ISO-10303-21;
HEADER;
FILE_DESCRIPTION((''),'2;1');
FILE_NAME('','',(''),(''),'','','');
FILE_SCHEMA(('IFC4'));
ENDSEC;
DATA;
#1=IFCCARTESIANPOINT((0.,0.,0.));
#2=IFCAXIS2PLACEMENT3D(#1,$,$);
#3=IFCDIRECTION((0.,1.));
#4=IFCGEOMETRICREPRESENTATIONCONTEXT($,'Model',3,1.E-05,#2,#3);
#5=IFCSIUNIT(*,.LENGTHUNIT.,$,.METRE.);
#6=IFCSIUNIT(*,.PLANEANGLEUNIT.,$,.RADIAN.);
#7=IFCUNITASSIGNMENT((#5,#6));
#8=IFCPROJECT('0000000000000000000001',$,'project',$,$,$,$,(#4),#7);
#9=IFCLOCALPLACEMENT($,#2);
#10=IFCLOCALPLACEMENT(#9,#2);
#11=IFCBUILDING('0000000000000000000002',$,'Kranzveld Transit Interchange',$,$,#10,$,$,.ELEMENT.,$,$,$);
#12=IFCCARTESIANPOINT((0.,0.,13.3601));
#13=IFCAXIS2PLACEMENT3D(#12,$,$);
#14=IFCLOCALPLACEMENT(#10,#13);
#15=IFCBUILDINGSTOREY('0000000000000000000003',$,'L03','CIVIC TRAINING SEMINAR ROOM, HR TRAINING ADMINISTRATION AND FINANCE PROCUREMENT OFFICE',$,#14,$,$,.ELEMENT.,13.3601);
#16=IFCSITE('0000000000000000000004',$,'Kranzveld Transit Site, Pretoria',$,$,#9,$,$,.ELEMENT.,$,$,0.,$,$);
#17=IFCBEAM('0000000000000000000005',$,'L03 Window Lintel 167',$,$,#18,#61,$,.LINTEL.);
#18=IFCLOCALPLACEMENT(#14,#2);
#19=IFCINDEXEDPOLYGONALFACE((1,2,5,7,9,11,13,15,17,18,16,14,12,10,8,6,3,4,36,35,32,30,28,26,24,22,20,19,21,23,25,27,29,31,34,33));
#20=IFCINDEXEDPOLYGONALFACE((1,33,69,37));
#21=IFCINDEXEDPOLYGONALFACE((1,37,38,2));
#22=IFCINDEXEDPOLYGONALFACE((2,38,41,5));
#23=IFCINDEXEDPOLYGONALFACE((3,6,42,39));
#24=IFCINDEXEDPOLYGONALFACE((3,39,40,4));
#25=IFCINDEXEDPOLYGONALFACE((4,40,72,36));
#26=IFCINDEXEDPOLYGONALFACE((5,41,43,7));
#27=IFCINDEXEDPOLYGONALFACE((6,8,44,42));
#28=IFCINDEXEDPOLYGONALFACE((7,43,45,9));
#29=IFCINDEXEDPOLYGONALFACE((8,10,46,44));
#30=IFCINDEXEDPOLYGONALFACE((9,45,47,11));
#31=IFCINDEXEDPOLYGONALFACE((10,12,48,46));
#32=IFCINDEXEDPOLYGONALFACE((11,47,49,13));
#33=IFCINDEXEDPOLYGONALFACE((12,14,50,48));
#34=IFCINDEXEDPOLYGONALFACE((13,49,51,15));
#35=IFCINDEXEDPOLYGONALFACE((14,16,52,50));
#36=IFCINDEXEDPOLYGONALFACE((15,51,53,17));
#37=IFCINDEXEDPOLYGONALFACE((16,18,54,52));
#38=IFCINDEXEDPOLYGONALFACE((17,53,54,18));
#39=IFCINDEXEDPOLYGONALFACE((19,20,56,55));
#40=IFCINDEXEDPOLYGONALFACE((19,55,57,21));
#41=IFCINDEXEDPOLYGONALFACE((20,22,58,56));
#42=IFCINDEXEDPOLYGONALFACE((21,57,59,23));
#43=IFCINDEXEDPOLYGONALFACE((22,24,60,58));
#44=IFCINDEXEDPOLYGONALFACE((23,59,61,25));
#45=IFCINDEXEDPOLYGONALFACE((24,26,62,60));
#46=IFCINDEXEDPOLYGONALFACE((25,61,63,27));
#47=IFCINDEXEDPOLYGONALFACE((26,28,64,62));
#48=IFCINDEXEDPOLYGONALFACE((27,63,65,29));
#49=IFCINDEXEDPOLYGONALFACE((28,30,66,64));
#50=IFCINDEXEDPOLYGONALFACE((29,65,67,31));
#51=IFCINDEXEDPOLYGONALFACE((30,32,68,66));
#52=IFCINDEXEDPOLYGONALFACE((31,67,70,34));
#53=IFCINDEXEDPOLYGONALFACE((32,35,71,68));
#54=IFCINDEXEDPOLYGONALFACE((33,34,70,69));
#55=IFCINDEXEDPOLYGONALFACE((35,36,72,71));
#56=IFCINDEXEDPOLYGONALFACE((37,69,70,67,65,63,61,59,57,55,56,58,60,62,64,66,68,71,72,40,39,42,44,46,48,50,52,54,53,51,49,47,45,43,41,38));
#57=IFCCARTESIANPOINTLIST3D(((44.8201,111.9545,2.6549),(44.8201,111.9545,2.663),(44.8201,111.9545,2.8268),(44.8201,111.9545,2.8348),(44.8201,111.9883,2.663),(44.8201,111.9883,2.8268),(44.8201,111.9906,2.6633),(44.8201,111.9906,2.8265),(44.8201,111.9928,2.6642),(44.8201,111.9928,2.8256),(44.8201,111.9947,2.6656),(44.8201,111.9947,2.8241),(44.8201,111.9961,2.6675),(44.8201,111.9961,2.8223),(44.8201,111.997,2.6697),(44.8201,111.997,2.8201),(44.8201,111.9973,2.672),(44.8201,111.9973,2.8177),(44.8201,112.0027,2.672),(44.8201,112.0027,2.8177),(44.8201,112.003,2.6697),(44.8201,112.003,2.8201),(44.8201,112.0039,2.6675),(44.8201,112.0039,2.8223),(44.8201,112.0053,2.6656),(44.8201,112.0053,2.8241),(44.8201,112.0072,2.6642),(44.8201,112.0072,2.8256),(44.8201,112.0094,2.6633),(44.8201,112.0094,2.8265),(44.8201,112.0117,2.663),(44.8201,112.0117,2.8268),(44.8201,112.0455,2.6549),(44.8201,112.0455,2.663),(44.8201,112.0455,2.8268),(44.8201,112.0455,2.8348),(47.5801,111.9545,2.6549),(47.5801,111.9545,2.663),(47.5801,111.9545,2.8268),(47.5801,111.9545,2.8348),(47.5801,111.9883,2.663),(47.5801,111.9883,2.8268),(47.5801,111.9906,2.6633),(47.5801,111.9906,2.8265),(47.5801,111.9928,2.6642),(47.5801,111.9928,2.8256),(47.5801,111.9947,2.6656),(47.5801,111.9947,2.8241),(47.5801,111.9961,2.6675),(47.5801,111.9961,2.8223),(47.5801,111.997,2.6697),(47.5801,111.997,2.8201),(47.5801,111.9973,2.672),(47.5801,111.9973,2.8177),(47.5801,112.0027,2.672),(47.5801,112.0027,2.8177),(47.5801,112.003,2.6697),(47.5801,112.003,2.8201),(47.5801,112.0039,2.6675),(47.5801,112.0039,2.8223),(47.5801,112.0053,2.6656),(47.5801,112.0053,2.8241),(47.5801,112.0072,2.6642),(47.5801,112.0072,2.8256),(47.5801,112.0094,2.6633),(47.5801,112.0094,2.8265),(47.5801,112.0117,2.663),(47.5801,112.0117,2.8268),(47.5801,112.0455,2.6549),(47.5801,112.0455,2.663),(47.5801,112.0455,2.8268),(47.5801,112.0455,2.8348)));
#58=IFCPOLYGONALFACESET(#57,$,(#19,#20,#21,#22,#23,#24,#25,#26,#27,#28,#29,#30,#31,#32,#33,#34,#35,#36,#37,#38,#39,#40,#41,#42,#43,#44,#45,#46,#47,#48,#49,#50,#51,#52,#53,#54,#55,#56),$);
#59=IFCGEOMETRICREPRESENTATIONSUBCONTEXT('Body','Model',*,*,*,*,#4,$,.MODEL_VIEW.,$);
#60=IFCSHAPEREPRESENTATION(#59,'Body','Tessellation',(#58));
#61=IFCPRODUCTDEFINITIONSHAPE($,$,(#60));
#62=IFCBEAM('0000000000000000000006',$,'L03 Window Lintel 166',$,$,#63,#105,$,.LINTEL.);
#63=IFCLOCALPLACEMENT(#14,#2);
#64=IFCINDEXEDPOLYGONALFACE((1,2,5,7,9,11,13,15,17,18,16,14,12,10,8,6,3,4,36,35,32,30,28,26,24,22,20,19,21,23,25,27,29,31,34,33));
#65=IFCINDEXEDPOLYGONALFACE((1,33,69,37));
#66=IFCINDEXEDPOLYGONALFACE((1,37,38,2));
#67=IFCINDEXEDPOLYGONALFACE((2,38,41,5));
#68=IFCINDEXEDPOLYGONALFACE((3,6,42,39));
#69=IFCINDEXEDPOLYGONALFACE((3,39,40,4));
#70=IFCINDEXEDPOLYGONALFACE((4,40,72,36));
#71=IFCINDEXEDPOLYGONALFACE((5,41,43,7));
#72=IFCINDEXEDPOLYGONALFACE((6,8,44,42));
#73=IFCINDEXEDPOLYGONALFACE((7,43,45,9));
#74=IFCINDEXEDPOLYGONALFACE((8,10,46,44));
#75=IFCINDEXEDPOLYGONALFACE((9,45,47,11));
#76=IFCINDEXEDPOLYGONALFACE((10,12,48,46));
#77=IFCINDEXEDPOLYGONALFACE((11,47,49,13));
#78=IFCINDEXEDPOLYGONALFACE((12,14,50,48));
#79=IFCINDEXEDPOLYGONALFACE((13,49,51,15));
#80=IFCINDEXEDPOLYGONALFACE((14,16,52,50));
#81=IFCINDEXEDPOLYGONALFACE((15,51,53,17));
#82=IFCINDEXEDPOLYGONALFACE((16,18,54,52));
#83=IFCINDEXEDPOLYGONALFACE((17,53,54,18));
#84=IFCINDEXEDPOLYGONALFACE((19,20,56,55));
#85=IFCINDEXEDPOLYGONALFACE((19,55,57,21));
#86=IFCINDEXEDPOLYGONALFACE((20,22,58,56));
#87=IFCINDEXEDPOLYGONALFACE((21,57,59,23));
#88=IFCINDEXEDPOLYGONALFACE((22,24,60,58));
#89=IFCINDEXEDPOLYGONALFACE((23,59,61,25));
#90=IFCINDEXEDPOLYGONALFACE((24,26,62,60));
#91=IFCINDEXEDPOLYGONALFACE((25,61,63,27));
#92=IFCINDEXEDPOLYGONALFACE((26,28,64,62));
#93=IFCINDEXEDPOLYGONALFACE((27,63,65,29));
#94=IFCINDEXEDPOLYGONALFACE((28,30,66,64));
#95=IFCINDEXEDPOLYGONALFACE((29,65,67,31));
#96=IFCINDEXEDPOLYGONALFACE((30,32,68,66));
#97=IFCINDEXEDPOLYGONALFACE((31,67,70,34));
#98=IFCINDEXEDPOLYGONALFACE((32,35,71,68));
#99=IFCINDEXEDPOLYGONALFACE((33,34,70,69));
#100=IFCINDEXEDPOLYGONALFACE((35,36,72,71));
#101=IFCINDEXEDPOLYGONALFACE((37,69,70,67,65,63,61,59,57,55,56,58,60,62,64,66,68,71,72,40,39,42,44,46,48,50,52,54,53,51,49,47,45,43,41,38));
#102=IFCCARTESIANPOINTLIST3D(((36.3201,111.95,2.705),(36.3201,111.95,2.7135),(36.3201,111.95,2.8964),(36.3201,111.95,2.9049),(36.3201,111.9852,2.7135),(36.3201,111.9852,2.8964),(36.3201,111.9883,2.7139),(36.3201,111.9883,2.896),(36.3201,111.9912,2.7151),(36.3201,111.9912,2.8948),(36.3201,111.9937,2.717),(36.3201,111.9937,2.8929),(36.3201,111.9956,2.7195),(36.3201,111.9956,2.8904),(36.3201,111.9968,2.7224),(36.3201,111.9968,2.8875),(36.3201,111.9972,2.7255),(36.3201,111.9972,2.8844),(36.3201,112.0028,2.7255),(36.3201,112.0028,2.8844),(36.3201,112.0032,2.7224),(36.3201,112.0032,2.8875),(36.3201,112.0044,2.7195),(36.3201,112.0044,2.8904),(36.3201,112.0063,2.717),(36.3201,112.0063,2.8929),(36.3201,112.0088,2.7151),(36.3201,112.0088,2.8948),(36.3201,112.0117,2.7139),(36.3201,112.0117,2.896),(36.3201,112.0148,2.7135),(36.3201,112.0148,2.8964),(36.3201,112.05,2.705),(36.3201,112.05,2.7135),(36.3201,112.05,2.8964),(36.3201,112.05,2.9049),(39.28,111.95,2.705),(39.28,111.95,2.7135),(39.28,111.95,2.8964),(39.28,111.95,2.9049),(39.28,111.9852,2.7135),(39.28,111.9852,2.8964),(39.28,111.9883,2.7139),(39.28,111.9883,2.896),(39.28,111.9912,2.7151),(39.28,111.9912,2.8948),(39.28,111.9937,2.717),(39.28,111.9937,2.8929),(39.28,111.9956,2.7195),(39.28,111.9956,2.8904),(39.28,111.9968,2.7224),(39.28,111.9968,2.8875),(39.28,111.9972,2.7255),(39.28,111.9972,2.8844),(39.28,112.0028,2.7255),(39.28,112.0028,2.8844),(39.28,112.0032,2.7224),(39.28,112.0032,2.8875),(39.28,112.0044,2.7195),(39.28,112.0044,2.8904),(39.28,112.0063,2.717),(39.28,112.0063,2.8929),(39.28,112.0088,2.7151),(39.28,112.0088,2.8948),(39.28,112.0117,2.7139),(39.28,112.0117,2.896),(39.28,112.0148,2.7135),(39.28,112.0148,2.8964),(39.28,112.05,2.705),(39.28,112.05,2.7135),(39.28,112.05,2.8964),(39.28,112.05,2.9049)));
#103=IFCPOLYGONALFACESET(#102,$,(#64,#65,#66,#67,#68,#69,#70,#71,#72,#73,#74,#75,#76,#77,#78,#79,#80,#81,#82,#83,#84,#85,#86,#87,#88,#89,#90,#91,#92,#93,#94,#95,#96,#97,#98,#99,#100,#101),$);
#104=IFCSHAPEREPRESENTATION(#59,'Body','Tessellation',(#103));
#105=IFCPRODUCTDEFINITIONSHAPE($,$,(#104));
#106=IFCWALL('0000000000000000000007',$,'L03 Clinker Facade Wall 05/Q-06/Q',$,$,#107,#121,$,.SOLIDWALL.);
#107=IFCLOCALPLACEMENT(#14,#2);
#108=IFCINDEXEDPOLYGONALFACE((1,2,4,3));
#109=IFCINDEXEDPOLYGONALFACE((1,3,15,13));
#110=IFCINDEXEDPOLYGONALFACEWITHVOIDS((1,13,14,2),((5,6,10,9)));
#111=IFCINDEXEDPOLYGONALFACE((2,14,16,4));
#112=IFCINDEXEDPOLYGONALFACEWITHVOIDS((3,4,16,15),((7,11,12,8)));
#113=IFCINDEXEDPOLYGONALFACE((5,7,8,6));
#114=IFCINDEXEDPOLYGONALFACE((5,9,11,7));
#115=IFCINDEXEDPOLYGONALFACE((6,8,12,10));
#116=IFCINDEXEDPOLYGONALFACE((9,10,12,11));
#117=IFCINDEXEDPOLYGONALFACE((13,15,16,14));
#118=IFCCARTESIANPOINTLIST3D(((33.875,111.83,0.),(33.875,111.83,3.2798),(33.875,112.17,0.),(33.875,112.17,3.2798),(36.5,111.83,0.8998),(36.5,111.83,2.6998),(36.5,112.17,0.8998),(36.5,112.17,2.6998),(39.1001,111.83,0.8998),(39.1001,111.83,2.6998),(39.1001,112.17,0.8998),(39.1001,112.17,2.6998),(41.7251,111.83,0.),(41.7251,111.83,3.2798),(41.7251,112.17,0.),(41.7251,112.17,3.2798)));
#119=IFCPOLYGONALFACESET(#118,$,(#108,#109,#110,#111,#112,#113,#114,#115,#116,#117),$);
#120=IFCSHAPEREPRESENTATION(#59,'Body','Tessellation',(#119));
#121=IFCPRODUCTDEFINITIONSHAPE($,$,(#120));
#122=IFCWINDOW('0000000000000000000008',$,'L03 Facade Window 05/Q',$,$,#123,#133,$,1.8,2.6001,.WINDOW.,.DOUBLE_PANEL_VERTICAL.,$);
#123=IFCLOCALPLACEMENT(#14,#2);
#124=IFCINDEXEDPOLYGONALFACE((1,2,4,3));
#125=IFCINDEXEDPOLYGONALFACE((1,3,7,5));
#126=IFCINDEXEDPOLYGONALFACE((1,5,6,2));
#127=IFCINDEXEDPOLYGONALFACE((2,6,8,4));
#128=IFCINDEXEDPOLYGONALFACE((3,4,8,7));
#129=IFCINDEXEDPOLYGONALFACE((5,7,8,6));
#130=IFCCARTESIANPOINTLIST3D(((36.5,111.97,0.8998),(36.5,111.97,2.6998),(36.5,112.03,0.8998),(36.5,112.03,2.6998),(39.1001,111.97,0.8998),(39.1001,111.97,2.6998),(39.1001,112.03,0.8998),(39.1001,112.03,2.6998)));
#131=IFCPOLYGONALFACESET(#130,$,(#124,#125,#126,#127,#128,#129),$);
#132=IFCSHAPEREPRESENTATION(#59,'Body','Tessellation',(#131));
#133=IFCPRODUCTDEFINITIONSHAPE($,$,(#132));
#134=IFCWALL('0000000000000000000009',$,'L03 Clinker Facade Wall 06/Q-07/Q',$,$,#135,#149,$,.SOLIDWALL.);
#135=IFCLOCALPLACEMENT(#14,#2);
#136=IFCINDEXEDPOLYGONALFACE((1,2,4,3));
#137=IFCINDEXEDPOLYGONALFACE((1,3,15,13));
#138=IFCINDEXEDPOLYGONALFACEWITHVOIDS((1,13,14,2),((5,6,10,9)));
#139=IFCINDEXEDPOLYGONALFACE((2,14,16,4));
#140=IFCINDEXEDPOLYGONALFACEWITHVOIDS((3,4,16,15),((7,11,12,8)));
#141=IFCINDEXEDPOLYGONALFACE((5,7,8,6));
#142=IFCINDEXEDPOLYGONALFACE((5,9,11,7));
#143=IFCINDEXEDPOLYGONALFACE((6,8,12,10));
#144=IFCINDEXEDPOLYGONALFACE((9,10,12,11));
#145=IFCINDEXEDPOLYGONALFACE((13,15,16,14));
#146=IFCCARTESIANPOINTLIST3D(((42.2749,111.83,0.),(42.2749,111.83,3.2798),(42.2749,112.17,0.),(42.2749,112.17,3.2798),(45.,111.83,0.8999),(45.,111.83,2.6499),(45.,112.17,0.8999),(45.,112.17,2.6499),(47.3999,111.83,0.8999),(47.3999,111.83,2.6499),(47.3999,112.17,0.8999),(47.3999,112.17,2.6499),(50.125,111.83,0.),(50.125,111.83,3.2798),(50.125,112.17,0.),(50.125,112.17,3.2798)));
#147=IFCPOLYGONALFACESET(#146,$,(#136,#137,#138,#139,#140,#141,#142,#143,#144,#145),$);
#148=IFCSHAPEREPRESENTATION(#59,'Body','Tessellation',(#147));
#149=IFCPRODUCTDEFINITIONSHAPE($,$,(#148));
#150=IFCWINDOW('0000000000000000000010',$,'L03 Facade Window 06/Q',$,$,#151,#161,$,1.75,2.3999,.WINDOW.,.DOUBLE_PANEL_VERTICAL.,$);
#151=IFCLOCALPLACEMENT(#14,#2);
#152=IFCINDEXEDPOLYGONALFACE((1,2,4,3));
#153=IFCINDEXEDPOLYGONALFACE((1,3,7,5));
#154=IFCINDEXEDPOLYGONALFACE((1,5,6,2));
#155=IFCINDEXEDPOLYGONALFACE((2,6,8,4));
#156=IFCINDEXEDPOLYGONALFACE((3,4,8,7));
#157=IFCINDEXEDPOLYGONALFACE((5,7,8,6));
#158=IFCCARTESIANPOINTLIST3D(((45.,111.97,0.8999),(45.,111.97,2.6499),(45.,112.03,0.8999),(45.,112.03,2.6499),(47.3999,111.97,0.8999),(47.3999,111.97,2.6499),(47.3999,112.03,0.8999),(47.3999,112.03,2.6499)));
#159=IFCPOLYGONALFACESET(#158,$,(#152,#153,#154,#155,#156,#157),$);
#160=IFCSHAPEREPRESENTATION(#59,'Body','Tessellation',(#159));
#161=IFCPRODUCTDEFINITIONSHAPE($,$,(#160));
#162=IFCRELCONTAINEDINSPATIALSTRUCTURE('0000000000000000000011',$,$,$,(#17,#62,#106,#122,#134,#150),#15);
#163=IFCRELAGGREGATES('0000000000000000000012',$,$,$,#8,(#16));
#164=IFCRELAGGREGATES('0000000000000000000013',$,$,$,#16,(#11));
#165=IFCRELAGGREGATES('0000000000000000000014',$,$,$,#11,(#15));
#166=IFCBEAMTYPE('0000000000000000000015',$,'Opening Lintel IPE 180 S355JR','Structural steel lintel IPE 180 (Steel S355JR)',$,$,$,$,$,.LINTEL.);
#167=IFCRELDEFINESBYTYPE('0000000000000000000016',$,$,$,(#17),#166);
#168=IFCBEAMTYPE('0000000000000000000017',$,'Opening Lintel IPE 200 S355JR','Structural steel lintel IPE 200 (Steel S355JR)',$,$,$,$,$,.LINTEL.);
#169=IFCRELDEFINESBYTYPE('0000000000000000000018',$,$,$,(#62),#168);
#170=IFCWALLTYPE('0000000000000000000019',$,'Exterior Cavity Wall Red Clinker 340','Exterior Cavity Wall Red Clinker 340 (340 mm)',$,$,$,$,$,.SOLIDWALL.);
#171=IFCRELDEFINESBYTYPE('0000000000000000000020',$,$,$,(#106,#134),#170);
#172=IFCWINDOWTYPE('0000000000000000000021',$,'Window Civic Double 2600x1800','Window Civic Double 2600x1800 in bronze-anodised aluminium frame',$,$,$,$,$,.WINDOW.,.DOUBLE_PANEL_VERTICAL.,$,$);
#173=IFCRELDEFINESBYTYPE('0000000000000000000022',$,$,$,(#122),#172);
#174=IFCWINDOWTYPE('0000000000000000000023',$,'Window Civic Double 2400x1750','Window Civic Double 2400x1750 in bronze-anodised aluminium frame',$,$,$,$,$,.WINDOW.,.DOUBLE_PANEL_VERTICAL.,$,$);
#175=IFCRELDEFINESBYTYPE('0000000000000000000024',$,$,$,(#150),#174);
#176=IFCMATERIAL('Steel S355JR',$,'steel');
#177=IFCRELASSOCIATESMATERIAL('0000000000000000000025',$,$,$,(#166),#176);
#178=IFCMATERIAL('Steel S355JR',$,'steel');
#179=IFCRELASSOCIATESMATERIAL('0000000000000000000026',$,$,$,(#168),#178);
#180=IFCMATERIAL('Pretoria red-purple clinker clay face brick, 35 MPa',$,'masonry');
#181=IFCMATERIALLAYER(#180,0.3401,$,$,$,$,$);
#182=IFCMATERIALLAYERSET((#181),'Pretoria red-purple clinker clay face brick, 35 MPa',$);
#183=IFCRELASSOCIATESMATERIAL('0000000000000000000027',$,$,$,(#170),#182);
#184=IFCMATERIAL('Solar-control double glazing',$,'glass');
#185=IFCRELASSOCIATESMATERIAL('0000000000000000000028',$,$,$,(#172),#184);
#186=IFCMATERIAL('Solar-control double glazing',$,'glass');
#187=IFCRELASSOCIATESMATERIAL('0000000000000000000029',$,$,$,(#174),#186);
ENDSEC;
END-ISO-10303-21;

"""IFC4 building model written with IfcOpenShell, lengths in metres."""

from ifc_helpers import new_model, si_unit, direction, frame, frame_2d, origin, origin_2d, place, context, subcontext, project, spatial, rectangle, i_section, extrude, material, layer, layer_set, material_profile, profile_set, type_object, element, fill, save


model = new_model("IFC4")

# Units and contexts
model_context = context("Model", 3, precision=1e-05, world=origin(), true_north=direction((0.0, 1.0)))
body_context = subcontext(model_context, "Body", "Model", "MODEL_VIEW")
ifc_project = project(units=[si_unit("LENGTHUNIT", "METRE"), si_unit("PLANEANGLEUNIT", "RADIAN")], contexts=[model_context])

# Site, building, storey
site_placement = place(None, origin())
site = spatial("IfcSite", under=ifc_project, at=site_placement, Name="Kranzveld Transit Site, Pretoria", CompositionType="ELEMENT", RefElevation=0.0)
building_placement = place(site_placement, origin())
building = spatial("IfcBuilding", under=site, at=building_placement, Name="Kranzveld Transit Interchange", CompositionType="ELEMENT")
storey_placement = place(building_placement, frame((0.0, 0.0, 13.3601)))
storey = spatial("IfcBuildingStorey", under=building, at=storey_placement, Name="L03", Description="CIVIC TRAINING SEMINAR ROOM, HR TRAINING ADMINISTRATION AND FINANCE PROCUREMENT OFFICE", CompositionType="ELEMENT", Elevation=13.3601)

# Beams
ifc_material_1 = material(Name="Steel S355JR", Category="steel")
ifc_material_profile_1 = material_profile(ifc_material_1, i_section(OverallWidth=0.0911, OverallDepth=0.1799, WebThickness=0.0054, FlangeThickness=0.0081, FilletRadius=0.009, at=origin_2d()), Name="IPE 180")
ifc_profile_set_1 = profile_set([ifc_material_profile_1], Name="Steel S355JR")
beam_type_1 = type_object("IfcBeamType", Name="Opening Lintel IPE 180 S355JR", Description="Structural steel lintel IPE 180 (Steel S355JR)", PredefinedType="LINTEL", material=ifc_profile_set_1)
beam_1_placement = place(storey_placement, frame((44.8201, 112.0, 2.7449), z_axis=(1.0, 0.0, 0.0), x_axis=(0.0, 1.0, 0.0)))
element("IfcBeam", 1, at=beam_1_placement, inside=storey, type_object=beam_type_1, Name="L03 Window Lintel 167", PredefinedType="LINTEL", context=body_context, shape_type="SweptSolid", body=[
    extrude(i_section(OverallWidth=0.0911, OverallDepth=0.1799, WebThickness=0.0054, FlangeThickness=0.0081, FilletRadius=0.009, at=origin_2d()), origin(), (0.0, 0.0, 1.0), 2.76),
])
ifc_material_2 = material(Name="Steel S355JR", Category="steel")
ifc_material_profile_2 = material_profile(ifc_material_2, i_section(OverallWidth=0.1001, OverallDepth=0.2, WebThickness=0.0056, FlangeThickness=0.0085, FilletRadius=0.012, at=origin_2d()), Name="IPE 200")
ifc_profile_set_2 = profile_set([ifc_material_profile_2], Name="Steel S355JR")
beam_type_2 = type_object("IfcBeamType", Name="Opening Lintel IPE 200 S355JR", Description="Structural steel lintel IPE 200 (Steel S355JR)", PredefinedType="LINTEL", material=ifc_profile_set_2)
beam_2_placement = place(storey_placement, frame((36.3201, 112.0, 2.8049), z_axis=(1.0, 0.0, 0.0), x_axis=(0.0, 1.0, 0.0)))
element("IfcBeam", 2, at=beam_2_placement, inside=storey, type_object=beam_type_2, Name="L03 Window Lintel 166", PredefinedType="LINTEL", context=body_context, shape_type="SweptSolid", body=[
    extrude(i_section(OverallWidth=0.1001, OverallDepth=0.2, WebThickness=0.0056, FlangeThickness=0.0085, FilletRadius=0.012, at=origin_2d()), origin(), (0.0, 0.0, 1.0), 2.96),
])

# Walls, openings, windows
ifc_material_3 = material(Name="Pretoria red-purple clinker clay face brick, 35 MPa", Category="masonry")
ifc_layer_1 = layer(ifc_material_3, 0.3401)
ifc_layer_set_1 = layer_set([ifc_layer_1], Name="Pretoria red-purple clinker clay face brick, 35 MPa")
wall_type_1 = type_object("IfcWallType", Name="Exterior Cavity Wall Red Clinker 340", Description="Exterior Cavity Wall Red Clinker 340 (340 mm)", PredefinedType="SOLIDWALL", material=ifc_layer_set_1)
wall_1_placement = place(storey_placement, frame((33.875, 112.0, 0.0), z_axis=(0.0, 0.0, 1.0), x_axis=(1.0, 0.0, 0.0)))
wall_1 = element("IfcWall", 3, at=wall_1_placement, inside=storey, type_object=wall_type_1, Name="L03 Clinker Facade Wall 05/Q-06/Q", PredefinedType="SOLIDWALL", context=body_context, shape_type="SweptSolid", body=[
    extrude(rectangle(XDim=7.8501, YDim=0.3401, at=frame_2d((3.925, 0.0))), origin(), (0.0, 0.0, 1.0), 3.2798),
])
opening_1_placement = place(wall_1_placement, frame((2.625, 0.0, 0.8999), z_axis=(0.0, 0.0, 1.0), x_axis=(1.0, 0.0, 0.0)))
opening_1 = element("IfcOpeningElement", 4, at=opening_1_placement, cuts=wall_1, PredefinedType="OPENING", context=body_context, shape_type="SweptSolid", body=[
    extrude(rectangle(XDim=2.6001, YDim=1.8, at=frame_2d((1.3, 0.8999))), frame((0.0, 0.1799, 0.0), z_axis=(0.0, -1.0, 0.0), x_axis=(1.0, 0.0, 0.0)), (0.0, 0.0, 1.0), 0.3601),
])
ifc_material_4 = material(Name="Solar-control double glazing", Category="glass")
window_type_1 = type_object("IfcWindowType", Name="Window Civic Double 2600x1800", Description="Window Civic Double 2600x1800 in bronze-anodised aluminium frame", PartitioningType="DOUBLE_PANEL_VERTICAL", PredefinedType="WINDOW", material=ifc_material_4)
window_1_placement = place(opening_1_placement, origin())
window_1 = element("IfcWindow", 5, at=window_1_placement, inside=storey, type_object=window_type_1, Name="L03 Facade Window 05/Q", OverallHeight=1.8, OverallWidth=2.6001, PartitioningType="DOUBLE_PANEL_VERTICAL", PredefinedType="WINDOW", context=body_context, shape_type="SweptSolid", body=[
    extrude(rectangle(XDim=2.6001, YDim=1.8, at=frame_2d((1.3, 0.8999))), frame((0.0, 0.03, 0.0), z_axis=(0.0, -1.0, 0.0), x_axis=(1.0, 0.0, 0.0)), (0.0, 0.0, 1.0), 0.0601),
])
fill(opening_1, window_1)
wall_2_placement = place(storey_placement, frame((42.2749, 112.0, 0.0), z_axis=(0.0, 0.0, 1.0), x_axis=(1.0, 0.0, 0.0)))
wall_2 = element("IfcWall", 6, at=wall_2_placement, inside=storey, type_object=wall_type_1, Name="L03 Clinker Facade Wall 06/Q-07/Q", PredefinedType="SOLIDWALL", context=body_context, shape_type="SweptSolid", body=[
    extrude(rectangle(XDim=7.8501, YDim=0.3401, at=frame_2d((3.925, 0.0))), origin(), (0.0, 0.0, 1.0), 3.2798),
])
opening_2_placement = place(wall_2_placement, frame((2.7251, 0.0, 0.8999), z_axis=(0.0, 0.0, 1.0), x_axis=(1.0, 0.0, 0.0)))
opening_2 = element("IfcOpeningElement", 7, at=opening_2_placement, cuts=wall_2, PredefinedType="OPENING", context=body_context, shape_type="SweptSolid", body=[
    extrude(rectangle(XDim=2.3999, YDim=1.75, at=frame_2d((1.2, 0.875))), frame((0.0, 0.1799, 0.0), z_axis=(0.0, -1.0, 0.0), x_axis=(1.0, 0.0, 0.0)), (0.0, 0.0, 1.0), 0.3601),
])
ifc_material_5 = material(Name="Solar-control double glazing", Category="glass")
window_type_2 = type_object("IfcWindowType", Name="Window Civic Double 2400x1750", Description="Window Civic Double 2400x1750 in bronze-anodised aluminium frame", PartitioningType="DOUBLE_PANEL_VERTICAL", PredefinedType="WINDOW", material=ifc_material_5)
window_2_placement = place(opening_2_placement, origin())
window_2 = element("IfcWindow", 8, at=window_2_placement, inside=storey, type_object=window_type_2, Name="L03 Facade Window 06/Q", OverallHeight=1.75, OverallWidth=2.3999, PartitioningType="DOUBLE_PANEL_VERTICAL", PredefinedType="WINDOW", context=body_context, shape_type="SweptSolid", body=[
    extrude(rectangle(XDim=2.3999, YDim=1.75, at=frame_2d((1.2, 0.875))), frame((0.0, 0.03, 0.0), z_axis=(0.0, -1.0, 0.0), x_axis=(1.0, 0.0, 0.0)), (0.0, 0.0, 1.0), 0.0601),
])
fill(opening_2, window_2)

save(model, "model.ifc")
